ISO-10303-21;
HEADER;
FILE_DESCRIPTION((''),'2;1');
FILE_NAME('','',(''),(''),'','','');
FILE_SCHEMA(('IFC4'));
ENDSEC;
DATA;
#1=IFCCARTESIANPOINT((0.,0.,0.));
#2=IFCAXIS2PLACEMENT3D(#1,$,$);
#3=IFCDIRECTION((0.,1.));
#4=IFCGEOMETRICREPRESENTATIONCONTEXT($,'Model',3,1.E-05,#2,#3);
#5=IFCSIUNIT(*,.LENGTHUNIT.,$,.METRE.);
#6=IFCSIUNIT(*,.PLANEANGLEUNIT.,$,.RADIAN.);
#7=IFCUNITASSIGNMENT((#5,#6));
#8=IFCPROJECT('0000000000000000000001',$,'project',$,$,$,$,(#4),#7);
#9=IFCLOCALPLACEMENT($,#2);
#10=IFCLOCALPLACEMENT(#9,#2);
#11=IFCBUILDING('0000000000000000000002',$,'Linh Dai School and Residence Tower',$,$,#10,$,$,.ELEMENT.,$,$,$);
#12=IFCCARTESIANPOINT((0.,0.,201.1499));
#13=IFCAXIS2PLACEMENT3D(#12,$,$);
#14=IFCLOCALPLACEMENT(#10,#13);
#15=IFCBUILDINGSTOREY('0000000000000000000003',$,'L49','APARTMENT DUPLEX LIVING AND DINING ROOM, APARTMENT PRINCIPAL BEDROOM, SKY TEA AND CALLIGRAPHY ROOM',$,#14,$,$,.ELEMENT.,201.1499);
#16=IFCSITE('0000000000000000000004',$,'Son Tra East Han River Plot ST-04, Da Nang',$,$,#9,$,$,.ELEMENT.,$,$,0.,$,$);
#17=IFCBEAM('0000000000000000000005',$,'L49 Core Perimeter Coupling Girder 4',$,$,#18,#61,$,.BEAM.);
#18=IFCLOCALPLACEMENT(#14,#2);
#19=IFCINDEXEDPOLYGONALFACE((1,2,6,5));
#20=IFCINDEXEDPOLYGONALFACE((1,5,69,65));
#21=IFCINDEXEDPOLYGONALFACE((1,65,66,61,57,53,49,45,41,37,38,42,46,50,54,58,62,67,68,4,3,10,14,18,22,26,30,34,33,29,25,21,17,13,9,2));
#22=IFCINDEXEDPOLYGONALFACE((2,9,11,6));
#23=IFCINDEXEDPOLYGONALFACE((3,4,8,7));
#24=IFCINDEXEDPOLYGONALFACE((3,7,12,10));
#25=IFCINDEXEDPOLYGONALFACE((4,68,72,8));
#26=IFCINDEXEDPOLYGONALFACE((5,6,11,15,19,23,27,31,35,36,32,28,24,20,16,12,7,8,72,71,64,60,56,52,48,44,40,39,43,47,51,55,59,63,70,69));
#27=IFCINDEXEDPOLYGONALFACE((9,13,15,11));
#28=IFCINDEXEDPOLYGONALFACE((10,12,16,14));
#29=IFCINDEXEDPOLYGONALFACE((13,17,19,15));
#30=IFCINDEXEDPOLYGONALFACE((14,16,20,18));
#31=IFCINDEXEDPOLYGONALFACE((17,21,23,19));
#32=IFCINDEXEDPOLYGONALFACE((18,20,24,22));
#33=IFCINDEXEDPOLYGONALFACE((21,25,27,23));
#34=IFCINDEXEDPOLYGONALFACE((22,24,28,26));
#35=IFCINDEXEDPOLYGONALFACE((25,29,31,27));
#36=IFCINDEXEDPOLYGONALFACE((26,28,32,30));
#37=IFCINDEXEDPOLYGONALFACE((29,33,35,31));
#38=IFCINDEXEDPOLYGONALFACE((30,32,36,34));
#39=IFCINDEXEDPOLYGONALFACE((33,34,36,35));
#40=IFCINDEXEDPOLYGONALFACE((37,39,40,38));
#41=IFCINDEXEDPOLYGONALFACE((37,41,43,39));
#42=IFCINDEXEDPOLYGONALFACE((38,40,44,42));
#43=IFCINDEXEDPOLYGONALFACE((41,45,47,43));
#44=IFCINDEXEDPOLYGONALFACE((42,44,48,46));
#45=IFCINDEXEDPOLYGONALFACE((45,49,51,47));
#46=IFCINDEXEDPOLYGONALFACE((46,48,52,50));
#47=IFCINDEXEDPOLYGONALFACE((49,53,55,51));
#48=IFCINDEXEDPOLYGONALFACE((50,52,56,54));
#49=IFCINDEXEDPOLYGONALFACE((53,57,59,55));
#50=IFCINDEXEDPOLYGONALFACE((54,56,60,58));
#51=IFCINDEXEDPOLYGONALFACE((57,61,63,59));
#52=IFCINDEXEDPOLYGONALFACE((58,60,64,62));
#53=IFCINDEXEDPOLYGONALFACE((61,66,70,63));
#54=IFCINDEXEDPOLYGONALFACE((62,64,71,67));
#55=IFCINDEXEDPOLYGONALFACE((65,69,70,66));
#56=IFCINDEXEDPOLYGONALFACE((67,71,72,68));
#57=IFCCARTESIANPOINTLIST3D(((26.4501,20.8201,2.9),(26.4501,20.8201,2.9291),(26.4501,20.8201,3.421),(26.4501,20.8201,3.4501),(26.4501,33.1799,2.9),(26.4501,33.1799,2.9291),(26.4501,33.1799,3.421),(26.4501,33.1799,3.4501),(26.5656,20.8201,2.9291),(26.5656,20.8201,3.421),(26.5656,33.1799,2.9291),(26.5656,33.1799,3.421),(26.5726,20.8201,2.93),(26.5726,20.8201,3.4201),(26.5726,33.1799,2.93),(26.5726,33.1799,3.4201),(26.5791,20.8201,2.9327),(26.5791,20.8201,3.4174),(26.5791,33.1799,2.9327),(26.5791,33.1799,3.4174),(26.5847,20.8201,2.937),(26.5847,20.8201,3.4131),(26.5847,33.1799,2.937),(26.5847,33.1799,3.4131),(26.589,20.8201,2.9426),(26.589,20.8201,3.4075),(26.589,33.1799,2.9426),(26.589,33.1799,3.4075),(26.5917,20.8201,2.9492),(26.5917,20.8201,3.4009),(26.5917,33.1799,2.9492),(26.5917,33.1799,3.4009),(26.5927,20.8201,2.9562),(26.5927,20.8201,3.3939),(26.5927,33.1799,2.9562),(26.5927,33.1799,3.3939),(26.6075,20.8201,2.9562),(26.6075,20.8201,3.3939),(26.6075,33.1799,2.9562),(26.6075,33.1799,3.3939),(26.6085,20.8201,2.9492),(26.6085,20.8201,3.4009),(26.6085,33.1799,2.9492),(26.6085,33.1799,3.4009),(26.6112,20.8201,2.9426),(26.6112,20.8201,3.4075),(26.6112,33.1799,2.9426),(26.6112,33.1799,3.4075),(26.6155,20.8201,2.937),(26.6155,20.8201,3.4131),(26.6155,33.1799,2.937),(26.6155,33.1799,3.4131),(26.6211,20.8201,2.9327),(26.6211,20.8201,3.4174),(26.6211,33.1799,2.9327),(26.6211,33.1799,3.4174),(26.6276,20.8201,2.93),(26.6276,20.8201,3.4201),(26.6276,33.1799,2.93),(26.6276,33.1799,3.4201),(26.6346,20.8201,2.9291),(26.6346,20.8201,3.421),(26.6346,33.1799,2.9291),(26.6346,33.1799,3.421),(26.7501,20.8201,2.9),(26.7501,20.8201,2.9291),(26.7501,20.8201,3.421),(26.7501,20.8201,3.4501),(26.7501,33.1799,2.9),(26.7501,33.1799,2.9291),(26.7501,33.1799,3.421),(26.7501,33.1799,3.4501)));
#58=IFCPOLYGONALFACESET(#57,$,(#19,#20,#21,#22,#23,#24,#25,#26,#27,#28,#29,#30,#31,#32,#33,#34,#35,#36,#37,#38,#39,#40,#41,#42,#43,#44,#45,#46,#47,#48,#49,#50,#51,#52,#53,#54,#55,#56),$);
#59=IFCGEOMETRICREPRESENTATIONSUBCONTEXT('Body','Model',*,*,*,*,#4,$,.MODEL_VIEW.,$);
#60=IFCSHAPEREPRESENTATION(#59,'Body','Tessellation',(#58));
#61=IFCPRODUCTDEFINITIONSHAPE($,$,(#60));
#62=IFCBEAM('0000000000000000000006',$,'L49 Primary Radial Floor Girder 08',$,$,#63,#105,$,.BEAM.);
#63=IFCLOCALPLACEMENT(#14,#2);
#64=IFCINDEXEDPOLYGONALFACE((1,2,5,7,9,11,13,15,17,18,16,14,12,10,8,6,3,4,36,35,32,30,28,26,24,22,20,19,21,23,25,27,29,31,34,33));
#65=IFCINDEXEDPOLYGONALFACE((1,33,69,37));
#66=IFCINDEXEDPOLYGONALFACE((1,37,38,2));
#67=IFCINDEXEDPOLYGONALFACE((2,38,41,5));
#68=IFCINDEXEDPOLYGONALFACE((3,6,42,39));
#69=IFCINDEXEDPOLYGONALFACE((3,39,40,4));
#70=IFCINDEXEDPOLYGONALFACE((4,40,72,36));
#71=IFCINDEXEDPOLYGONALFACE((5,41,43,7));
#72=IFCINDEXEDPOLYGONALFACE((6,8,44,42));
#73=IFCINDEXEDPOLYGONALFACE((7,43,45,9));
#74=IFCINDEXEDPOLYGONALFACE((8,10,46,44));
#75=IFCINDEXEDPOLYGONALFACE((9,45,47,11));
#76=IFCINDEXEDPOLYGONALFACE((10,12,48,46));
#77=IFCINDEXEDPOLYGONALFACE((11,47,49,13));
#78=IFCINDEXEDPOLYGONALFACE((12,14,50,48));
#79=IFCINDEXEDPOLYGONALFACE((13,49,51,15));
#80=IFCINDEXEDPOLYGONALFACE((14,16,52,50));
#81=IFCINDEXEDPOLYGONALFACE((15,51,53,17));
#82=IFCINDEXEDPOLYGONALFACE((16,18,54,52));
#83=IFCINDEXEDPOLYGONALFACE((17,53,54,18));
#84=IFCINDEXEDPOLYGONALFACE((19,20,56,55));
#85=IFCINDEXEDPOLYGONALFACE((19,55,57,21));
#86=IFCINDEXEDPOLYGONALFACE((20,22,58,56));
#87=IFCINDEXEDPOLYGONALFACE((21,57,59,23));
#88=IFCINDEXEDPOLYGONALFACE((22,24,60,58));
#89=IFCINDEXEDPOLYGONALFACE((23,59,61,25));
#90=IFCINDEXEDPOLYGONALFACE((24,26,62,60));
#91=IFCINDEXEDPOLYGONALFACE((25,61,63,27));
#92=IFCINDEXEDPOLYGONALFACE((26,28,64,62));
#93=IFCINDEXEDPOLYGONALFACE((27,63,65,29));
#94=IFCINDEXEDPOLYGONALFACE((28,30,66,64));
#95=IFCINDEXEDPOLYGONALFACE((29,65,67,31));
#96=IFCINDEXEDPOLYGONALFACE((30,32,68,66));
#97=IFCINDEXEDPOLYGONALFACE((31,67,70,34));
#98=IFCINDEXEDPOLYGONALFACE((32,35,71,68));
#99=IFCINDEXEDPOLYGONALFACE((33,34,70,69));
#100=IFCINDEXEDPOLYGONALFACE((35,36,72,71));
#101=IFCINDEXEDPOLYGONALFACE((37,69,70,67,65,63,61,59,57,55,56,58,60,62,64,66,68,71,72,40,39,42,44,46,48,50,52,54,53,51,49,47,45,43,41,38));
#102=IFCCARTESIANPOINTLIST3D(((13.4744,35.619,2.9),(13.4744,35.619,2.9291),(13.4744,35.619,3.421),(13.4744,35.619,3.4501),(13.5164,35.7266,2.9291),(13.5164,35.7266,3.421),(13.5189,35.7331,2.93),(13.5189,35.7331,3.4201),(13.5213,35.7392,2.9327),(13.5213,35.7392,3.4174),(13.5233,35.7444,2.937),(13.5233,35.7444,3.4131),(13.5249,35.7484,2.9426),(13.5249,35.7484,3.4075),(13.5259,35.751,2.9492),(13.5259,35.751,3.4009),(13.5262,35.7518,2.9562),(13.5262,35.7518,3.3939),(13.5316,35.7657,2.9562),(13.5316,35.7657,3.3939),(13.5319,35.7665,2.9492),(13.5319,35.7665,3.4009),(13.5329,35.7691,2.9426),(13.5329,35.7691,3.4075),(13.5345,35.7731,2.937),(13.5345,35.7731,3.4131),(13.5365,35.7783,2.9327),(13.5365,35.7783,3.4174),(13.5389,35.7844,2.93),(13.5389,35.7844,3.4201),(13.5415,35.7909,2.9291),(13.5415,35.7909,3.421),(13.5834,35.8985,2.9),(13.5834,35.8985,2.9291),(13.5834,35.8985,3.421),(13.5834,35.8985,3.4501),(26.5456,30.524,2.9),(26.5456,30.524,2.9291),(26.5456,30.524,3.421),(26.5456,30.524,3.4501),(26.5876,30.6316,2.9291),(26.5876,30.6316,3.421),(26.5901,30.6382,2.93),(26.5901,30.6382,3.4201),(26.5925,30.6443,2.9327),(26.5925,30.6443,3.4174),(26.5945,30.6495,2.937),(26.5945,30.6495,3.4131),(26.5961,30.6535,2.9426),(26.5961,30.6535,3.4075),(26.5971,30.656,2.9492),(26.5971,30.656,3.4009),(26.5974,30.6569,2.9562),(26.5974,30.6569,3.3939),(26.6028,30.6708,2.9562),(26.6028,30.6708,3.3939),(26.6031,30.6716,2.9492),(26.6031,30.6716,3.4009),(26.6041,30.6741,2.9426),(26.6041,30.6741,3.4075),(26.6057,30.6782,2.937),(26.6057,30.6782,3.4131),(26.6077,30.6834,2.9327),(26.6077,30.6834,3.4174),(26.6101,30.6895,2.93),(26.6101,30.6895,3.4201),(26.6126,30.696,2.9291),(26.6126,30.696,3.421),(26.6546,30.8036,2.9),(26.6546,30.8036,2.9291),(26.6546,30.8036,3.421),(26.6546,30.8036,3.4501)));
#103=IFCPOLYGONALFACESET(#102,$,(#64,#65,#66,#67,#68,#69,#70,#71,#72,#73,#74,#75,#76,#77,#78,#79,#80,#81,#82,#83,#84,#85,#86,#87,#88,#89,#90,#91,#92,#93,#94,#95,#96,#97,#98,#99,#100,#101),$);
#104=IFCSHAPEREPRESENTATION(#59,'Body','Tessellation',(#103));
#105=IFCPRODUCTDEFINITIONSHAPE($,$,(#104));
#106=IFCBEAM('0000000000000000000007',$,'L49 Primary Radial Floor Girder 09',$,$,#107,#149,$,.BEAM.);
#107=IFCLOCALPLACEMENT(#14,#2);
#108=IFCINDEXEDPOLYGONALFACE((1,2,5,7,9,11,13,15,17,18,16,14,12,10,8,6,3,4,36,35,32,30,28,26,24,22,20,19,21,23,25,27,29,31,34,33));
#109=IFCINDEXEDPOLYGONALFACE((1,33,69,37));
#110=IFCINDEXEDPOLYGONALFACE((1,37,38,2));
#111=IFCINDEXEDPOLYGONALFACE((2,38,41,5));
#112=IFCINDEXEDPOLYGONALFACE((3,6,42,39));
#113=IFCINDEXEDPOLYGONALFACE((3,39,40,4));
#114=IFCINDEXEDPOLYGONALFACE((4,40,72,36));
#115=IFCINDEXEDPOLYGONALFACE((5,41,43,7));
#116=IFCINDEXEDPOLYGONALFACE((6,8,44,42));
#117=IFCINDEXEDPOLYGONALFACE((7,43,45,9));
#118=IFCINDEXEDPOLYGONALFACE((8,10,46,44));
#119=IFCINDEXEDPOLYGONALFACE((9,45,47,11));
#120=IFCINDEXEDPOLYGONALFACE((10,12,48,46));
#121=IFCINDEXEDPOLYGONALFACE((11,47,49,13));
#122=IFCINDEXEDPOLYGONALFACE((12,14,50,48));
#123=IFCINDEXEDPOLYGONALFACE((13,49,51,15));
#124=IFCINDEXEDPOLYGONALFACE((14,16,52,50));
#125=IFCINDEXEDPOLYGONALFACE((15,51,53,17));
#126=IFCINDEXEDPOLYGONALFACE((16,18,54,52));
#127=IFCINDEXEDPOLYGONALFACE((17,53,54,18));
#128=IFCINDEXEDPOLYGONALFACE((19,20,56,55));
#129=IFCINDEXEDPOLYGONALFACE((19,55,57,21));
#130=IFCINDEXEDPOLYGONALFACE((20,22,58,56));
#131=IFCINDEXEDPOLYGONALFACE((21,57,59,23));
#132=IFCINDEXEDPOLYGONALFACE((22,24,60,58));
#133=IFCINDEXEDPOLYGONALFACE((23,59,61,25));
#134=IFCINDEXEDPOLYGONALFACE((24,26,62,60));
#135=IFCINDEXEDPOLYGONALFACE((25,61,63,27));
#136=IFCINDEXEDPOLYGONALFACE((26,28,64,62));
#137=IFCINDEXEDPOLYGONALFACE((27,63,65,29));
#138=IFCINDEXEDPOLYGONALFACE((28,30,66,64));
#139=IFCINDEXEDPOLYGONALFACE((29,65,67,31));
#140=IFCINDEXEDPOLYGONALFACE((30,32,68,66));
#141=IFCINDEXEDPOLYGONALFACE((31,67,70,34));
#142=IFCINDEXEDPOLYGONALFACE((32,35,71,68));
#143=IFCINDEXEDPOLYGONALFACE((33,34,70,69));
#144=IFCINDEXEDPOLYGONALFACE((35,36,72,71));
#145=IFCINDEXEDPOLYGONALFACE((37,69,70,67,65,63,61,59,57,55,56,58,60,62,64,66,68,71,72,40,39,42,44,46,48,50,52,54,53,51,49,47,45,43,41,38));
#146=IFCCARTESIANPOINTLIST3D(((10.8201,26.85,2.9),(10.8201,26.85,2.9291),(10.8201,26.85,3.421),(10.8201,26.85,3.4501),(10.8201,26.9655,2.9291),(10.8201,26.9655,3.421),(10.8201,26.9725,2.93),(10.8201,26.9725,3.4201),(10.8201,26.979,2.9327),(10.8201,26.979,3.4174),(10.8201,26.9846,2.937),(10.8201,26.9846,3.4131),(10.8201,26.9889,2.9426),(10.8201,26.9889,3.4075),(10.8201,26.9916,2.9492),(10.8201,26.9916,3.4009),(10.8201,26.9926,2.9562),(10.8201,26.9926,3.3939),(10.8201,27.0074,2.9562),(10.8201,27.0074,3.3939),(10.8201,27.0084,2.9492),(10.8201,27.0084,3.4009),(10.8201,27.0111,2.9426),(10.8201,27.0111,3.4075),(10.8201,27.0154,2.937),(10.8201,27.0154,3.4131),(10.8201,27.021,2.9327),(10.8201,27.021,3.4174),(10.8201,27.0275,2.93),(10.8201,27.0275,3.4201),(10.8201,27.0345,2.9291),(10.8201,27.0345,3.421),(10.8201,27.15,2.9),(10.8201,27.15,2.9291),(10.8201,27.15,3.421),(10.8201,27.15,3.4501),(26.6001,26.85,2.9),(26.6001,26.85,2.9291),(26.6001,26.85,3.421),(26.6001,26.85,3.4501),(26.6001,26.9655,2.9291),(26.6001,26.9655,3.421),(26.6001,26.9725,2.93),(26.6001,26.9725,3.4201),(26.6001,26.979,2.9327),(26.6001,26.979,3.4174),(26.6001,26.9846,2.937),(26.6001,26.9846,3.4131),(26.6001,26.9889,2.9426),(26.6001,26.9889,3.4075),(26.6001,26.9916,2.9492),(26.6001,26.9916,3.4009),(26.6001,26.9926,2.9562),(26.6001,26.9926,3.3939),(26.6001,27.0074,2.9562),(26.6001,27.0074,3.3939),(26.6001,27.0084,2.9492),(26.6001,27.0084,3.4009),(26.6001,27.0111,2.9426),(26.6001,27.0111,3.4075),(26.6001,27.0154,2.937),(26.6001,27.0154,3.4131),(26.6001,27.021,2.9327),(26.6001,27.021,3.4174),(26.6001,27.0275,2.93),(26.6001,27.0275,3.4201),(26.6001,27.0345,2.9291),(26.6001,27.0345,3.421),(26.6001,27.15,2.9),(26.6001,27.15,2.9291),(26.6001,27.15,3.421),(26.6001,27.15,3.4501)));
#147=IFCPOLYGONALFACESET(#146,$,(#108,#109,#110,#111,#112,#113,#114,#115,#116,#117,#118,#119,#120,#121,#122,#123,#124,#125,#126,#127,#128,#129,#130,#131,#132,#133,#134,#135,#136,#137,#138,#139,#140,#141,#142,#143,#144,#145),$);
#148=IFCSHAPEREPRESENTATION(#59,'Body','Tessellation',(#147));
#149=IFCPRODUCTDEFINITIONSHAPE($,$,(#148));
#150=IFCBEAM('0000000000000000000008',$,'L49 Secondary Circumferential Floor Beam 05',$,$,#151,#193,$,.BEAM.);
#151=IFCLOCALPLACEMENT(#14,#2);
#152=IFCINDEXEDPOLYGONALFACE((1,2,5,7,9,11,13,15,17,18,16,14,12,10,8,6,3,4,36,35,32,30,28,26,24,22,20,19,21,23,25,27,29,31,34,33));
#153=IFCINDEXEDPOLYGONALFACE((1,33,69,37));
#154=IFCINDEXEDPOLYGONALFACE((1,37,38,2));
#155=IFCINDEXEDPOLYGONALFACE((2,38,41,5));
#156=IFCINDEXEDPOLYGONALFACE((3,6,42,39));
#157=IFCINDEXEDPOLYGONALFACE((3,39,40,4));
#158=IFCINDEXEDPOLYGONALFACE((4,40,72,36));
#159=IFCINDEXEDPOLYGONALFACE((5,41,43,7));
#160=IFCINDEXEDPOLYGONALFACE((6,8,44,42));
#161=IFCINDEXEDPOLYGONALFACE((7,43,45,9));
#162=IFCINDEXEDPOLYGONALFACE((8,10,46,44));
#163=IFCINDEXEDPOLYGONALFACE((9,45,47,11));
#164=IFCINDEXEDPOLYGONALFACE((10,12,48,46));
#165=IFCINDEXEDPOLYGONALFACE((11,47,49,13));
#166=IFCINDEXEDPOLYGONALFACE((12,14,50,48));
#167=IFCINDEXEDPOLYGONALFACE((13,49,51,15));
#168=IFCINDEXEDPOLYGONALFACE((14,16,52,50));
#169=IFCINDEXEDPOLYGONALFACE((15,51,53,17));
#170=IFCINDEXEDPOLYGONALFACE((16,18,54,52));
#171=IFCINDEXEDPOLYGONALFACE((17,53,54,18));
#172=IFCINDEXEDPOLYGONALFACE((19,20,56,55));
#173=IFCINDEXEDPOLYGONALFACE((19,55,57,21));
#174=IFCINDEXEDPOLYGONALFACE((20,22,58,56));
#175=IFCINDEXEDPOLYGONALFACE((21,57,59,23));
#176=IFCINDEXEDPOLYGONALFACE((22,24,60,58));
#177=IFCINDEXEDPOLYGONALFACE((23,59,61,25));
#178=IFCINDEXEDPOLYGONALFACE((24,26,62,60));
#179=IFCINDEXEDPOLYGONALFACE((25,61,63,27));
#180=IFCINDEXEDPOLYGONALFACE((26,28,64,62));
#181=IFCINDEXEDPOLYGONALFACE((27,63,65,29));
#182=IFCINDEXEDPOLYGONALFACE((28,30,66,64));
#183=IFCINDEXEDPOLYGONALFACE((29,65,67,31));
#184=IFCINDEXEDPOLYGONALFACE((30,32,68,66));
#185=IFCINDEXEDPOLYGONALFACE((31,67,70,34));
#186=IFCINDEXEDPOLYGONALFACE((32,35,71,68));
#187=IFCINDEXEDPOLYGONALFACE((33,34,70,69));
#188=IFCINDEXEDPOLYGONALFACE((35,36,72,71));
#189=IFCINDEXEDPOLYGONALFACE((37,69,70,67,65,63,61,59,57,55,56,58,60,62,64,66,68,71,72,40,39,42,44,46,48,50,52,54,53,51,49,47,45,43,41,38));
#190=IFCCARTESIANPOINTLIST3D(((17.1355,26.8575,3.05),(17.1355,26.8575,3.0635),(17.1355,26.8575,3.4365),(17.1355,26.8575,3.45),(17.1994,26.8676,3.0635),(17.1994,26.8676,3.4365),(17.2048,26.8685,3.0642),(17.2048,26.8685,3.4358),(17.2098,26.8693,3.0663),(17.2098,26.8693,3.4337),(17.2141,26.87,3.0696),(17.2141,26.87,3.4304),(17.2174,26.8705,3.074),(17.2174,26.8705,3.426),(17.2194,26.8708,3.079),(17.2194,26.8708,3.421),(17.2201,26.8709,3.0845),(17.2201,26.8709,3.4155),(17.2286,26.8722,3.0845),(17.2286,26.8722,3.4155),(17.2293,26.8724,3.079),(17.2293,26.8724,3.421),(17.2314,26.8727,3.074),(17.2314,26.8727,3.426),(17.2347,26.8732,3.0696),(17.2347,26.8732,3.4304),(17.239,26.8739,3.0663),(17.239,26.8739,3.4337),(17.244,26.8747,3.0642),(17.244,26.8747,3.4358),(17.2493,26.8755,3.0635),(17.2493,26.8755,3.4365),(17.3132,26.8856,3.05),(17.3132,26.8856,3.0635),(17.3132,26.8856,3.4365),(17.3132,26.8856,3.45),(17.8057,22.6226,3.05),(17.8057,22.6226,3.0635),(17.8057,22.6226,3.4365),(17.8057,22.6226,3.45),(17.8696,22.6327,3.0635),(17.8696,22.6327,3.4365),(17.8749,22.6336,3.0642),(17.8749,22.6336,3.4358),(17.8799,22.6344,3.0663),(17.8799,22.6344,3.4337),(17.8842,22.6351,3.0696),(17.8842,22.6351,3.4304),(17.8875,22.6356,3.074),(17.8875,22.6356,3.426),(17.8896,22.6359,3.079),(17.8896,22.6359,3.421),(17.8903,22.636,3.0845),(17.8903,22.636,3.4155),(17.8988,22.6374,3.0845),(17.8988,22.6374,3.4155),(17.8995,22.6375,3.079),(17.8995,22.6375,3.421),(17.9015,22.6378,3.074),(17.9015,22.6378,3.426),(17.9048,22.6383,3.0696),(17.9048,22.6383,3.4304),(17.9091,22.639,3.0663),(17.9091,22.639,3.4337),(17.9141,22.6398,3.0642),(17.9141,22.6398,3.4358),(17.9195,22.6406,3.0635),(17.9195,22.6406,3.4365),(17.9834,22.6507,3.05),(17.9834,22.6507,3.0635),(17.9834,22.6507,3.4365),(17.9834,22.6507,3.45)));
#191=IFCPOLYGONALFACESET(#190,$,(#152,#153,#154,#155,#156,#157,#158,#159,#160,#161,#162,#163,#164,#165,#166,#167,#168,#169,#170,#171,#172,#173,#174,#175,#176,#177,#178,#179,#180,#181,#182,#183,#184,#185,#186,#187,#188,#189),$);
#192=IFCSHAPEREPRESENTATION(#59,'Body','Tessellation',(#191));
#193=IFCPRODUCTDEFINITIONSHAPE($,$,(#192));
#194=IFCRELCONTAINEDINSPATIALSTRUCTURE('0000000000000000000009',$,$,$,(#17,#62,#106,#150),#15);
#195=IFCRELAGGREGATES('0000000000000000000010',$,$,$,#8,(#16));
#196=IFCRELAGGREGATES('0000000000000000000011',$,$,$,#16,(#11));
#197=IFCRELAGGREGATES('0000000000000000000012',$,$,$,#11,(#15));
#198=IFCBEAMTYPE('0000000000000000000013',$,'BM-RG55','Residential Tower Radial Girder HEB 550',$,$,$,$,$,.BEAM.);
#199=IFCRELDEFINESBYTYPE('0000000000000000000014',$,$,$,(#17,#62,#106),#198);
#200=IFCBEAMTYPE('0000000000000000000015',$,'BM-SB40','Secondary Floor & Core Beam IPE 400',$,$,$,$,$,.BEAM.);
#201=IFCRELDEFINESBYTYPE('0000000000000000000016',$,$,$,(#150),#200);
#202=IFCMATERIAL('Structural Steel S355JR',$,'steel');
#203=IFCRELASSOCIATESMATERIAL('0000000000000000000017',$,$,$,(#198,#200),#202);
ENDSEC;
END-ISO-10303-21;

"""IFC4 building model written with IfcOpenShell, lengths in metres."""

from ifc_helpers import new_model, si_unit, direction, frame, origin, origin_2d, place, context, subcontext, project, spatial, i_section, extrude, material, material_profile, profile_set, type_object, element, save


model = new_model("IFC4")

# Units and contexts
model_context = context("Model", 3, precision=1e-05, world=origin(), true_north=direction((0.0, 1.0)))
body_context = subcontext(model_context, "Body", "Model", "MODEL_VIEW")
ifc_project = project(units=[si_unit("LENGTHUNIT", "METRE"), si_unit("PLANEANGLEUNIT", "RADIAN")], contexts=[model_context])

# Site, building, storey
site_placement = place(None, origin())
site = spatial("IfcSite", under=ifc_project, at=site_placement, Name="Son Tra East Han River Plot ST-04, Da Nang", CompositionType="ELEMENT", RefElevation=0.0)
building_placement = place(site_placement, origin())
building = spatial("IfcBuilding", under=site, at=building_placement, Name="Linh Dai School and Residence Tower", CompositionType="ELEMENT")
storey_placement = place(building_placement, frame((0.0, 0.0, 201.1499)))
storey = spatial("IfcBuildingStorey", under=building, at=storey_placement, Name="L49", Description="APARTMENT DUPLEX LIVING AND DINING ROOM, APARTMENT PRINCIPAL BEDROOM, SKY TEA AND CALLIGRAPHY ROOM", CompositionType="ELEMENT", Elevation=201.1499)

# Shared definitions
ifc_material_1 = material(Name="Structural Steel S355JR", Category="steel")

# Beams
ifc_material_profile_1 = material_profile(ifc_material_1, i_section(OverallWidth=0.3, OverallDepth=0.55, WebThickness=0.0149, FlangeThickness=0.0291, FilletRadius=0.0271, at=origin_2d()), Name="HEB 550")
ifc_profile_set_1 = profile_set([ifc_material_profile_1], Name="Structural Steel S355JR")
beam_type_1 = type_object("IfcBeamType", Name="BM-RG55", Description="Residential Tower Radial Girder HEB 550", PredefinedType="BEAM", material=ifc_profile_set_1)
beam_1_placement = place(storey_placement, frame((26.6001, 33.1799, 3.175), z_axis=(0.0, -1.0, 0.0), x_axis=(1.0, 0.0, 0.0)))
element("IfcBeam", 1, at=beam_1_placement, inside=storey, type_object=beam_type_1, Name="L49 Core Perimeter Coupling Girder 4", PredefinedType="BEAM", context=body_context, shape_type="SweptSolid", body=[
    extrude(i_section(OverallWidth=0.3, OverallDepth=0.55, WebThickness=0.0149, FlangeThickness=0.0291, FilletRadius=0.0271, at=origin_2d()), origin(), (0.0, 0.0, 1.0), 12.3599),
])
beam_2_placement = place(storey_placement, frame((26.6001, 30.6638, 3.175), z_axis=(-0.931723, 0.36317, 0.0), x_axis=(-0.36317, -0.931723, 0.0)))
element("IfcBeam", 2, at=beam_2_placement, inside=storey, type_object=beam_type_1, Name="L49 Primary Radial Floor Girder 08", PredefinedType="BEAM", context=body_context, shape_type="SweptSolid", body=[
    extrude(i_section(OverallWidth=0.3, OverallDepth=0.55, WebThickness=0.0149, FlangeThickness=0.0291, FilletRadius=0.0271, at=origin_2d()), origin(), (0.0, 0.0, 1.0), 14.0291),
])
beam_3_placement = place(storey_placement, frame((26.6001, 27.0, 3.175), z_axis=(-1.0, 0.0, 0.0), x_axis=(0.0, -1.0, 0.0)))
element("IfcBeam", 3, at=beam_3_placement, inside=storey, type_object=beam_type_1, Name="L49 Primary Radial Floor Girder 09", PredefinedType="BEAM", context=body_context, shape_type="SweptSolid", body=[
    extrude(i_section(OverallWidth=0.3, OverallDepth=0.55, WebThickness=0.0149, FlangeThickness=0.0291, FilletRadius=0.0271, at=origin_2d()), origin(), (0.0, 0.0, 1.0), 15.78),
])
ifc_material_profile_2 = material_profile(ifc_material_1, i_section(OverallWidth=0.1799, OverallDepth=0.3999, WebThickness=0.0085, FlangeThickness=0.0134, FilletRadius=0.021, at=origin_2d()), Name="IPE 400")
ifc_profile_set_2 = profile_set([ifc_material_profile_2], Name="Structural Steel S355JR")
beam_type_2 = type_object("IfcBeamType", Name="BM-SB40", Description="Secondary Floor & Core Beam IPE 400", PredefinedType="BEAM", material=ifc_profile_set_2)
beam_4_placement = place(storey_placement, frame((17.2244, 26.8716, 3.25), z_axis=(0.156305, -0.987709, 0.0), x_axis=(0.987709, 0.156305, 0.0)))
element("IfcBeam", 4, at=beam_4_placement, inside=storey, type_object=beam_type_2, Name="L49 Secondary Circumferential Floor Beam 05", PredefinedType="BEAM", context=body_context, shape_type="SweptSolid", body=[
    extrude(i_section(OverallWidth=0.1799, OverallDepth=0.3999, WebThickness=0.0085, FlangeThickness=0.0134, FilletRadius=0.021, at=origin_2d()), origin(), (0.0, 0.0, 1.0), 4.2876),
])

save(model, "model.ifc")
